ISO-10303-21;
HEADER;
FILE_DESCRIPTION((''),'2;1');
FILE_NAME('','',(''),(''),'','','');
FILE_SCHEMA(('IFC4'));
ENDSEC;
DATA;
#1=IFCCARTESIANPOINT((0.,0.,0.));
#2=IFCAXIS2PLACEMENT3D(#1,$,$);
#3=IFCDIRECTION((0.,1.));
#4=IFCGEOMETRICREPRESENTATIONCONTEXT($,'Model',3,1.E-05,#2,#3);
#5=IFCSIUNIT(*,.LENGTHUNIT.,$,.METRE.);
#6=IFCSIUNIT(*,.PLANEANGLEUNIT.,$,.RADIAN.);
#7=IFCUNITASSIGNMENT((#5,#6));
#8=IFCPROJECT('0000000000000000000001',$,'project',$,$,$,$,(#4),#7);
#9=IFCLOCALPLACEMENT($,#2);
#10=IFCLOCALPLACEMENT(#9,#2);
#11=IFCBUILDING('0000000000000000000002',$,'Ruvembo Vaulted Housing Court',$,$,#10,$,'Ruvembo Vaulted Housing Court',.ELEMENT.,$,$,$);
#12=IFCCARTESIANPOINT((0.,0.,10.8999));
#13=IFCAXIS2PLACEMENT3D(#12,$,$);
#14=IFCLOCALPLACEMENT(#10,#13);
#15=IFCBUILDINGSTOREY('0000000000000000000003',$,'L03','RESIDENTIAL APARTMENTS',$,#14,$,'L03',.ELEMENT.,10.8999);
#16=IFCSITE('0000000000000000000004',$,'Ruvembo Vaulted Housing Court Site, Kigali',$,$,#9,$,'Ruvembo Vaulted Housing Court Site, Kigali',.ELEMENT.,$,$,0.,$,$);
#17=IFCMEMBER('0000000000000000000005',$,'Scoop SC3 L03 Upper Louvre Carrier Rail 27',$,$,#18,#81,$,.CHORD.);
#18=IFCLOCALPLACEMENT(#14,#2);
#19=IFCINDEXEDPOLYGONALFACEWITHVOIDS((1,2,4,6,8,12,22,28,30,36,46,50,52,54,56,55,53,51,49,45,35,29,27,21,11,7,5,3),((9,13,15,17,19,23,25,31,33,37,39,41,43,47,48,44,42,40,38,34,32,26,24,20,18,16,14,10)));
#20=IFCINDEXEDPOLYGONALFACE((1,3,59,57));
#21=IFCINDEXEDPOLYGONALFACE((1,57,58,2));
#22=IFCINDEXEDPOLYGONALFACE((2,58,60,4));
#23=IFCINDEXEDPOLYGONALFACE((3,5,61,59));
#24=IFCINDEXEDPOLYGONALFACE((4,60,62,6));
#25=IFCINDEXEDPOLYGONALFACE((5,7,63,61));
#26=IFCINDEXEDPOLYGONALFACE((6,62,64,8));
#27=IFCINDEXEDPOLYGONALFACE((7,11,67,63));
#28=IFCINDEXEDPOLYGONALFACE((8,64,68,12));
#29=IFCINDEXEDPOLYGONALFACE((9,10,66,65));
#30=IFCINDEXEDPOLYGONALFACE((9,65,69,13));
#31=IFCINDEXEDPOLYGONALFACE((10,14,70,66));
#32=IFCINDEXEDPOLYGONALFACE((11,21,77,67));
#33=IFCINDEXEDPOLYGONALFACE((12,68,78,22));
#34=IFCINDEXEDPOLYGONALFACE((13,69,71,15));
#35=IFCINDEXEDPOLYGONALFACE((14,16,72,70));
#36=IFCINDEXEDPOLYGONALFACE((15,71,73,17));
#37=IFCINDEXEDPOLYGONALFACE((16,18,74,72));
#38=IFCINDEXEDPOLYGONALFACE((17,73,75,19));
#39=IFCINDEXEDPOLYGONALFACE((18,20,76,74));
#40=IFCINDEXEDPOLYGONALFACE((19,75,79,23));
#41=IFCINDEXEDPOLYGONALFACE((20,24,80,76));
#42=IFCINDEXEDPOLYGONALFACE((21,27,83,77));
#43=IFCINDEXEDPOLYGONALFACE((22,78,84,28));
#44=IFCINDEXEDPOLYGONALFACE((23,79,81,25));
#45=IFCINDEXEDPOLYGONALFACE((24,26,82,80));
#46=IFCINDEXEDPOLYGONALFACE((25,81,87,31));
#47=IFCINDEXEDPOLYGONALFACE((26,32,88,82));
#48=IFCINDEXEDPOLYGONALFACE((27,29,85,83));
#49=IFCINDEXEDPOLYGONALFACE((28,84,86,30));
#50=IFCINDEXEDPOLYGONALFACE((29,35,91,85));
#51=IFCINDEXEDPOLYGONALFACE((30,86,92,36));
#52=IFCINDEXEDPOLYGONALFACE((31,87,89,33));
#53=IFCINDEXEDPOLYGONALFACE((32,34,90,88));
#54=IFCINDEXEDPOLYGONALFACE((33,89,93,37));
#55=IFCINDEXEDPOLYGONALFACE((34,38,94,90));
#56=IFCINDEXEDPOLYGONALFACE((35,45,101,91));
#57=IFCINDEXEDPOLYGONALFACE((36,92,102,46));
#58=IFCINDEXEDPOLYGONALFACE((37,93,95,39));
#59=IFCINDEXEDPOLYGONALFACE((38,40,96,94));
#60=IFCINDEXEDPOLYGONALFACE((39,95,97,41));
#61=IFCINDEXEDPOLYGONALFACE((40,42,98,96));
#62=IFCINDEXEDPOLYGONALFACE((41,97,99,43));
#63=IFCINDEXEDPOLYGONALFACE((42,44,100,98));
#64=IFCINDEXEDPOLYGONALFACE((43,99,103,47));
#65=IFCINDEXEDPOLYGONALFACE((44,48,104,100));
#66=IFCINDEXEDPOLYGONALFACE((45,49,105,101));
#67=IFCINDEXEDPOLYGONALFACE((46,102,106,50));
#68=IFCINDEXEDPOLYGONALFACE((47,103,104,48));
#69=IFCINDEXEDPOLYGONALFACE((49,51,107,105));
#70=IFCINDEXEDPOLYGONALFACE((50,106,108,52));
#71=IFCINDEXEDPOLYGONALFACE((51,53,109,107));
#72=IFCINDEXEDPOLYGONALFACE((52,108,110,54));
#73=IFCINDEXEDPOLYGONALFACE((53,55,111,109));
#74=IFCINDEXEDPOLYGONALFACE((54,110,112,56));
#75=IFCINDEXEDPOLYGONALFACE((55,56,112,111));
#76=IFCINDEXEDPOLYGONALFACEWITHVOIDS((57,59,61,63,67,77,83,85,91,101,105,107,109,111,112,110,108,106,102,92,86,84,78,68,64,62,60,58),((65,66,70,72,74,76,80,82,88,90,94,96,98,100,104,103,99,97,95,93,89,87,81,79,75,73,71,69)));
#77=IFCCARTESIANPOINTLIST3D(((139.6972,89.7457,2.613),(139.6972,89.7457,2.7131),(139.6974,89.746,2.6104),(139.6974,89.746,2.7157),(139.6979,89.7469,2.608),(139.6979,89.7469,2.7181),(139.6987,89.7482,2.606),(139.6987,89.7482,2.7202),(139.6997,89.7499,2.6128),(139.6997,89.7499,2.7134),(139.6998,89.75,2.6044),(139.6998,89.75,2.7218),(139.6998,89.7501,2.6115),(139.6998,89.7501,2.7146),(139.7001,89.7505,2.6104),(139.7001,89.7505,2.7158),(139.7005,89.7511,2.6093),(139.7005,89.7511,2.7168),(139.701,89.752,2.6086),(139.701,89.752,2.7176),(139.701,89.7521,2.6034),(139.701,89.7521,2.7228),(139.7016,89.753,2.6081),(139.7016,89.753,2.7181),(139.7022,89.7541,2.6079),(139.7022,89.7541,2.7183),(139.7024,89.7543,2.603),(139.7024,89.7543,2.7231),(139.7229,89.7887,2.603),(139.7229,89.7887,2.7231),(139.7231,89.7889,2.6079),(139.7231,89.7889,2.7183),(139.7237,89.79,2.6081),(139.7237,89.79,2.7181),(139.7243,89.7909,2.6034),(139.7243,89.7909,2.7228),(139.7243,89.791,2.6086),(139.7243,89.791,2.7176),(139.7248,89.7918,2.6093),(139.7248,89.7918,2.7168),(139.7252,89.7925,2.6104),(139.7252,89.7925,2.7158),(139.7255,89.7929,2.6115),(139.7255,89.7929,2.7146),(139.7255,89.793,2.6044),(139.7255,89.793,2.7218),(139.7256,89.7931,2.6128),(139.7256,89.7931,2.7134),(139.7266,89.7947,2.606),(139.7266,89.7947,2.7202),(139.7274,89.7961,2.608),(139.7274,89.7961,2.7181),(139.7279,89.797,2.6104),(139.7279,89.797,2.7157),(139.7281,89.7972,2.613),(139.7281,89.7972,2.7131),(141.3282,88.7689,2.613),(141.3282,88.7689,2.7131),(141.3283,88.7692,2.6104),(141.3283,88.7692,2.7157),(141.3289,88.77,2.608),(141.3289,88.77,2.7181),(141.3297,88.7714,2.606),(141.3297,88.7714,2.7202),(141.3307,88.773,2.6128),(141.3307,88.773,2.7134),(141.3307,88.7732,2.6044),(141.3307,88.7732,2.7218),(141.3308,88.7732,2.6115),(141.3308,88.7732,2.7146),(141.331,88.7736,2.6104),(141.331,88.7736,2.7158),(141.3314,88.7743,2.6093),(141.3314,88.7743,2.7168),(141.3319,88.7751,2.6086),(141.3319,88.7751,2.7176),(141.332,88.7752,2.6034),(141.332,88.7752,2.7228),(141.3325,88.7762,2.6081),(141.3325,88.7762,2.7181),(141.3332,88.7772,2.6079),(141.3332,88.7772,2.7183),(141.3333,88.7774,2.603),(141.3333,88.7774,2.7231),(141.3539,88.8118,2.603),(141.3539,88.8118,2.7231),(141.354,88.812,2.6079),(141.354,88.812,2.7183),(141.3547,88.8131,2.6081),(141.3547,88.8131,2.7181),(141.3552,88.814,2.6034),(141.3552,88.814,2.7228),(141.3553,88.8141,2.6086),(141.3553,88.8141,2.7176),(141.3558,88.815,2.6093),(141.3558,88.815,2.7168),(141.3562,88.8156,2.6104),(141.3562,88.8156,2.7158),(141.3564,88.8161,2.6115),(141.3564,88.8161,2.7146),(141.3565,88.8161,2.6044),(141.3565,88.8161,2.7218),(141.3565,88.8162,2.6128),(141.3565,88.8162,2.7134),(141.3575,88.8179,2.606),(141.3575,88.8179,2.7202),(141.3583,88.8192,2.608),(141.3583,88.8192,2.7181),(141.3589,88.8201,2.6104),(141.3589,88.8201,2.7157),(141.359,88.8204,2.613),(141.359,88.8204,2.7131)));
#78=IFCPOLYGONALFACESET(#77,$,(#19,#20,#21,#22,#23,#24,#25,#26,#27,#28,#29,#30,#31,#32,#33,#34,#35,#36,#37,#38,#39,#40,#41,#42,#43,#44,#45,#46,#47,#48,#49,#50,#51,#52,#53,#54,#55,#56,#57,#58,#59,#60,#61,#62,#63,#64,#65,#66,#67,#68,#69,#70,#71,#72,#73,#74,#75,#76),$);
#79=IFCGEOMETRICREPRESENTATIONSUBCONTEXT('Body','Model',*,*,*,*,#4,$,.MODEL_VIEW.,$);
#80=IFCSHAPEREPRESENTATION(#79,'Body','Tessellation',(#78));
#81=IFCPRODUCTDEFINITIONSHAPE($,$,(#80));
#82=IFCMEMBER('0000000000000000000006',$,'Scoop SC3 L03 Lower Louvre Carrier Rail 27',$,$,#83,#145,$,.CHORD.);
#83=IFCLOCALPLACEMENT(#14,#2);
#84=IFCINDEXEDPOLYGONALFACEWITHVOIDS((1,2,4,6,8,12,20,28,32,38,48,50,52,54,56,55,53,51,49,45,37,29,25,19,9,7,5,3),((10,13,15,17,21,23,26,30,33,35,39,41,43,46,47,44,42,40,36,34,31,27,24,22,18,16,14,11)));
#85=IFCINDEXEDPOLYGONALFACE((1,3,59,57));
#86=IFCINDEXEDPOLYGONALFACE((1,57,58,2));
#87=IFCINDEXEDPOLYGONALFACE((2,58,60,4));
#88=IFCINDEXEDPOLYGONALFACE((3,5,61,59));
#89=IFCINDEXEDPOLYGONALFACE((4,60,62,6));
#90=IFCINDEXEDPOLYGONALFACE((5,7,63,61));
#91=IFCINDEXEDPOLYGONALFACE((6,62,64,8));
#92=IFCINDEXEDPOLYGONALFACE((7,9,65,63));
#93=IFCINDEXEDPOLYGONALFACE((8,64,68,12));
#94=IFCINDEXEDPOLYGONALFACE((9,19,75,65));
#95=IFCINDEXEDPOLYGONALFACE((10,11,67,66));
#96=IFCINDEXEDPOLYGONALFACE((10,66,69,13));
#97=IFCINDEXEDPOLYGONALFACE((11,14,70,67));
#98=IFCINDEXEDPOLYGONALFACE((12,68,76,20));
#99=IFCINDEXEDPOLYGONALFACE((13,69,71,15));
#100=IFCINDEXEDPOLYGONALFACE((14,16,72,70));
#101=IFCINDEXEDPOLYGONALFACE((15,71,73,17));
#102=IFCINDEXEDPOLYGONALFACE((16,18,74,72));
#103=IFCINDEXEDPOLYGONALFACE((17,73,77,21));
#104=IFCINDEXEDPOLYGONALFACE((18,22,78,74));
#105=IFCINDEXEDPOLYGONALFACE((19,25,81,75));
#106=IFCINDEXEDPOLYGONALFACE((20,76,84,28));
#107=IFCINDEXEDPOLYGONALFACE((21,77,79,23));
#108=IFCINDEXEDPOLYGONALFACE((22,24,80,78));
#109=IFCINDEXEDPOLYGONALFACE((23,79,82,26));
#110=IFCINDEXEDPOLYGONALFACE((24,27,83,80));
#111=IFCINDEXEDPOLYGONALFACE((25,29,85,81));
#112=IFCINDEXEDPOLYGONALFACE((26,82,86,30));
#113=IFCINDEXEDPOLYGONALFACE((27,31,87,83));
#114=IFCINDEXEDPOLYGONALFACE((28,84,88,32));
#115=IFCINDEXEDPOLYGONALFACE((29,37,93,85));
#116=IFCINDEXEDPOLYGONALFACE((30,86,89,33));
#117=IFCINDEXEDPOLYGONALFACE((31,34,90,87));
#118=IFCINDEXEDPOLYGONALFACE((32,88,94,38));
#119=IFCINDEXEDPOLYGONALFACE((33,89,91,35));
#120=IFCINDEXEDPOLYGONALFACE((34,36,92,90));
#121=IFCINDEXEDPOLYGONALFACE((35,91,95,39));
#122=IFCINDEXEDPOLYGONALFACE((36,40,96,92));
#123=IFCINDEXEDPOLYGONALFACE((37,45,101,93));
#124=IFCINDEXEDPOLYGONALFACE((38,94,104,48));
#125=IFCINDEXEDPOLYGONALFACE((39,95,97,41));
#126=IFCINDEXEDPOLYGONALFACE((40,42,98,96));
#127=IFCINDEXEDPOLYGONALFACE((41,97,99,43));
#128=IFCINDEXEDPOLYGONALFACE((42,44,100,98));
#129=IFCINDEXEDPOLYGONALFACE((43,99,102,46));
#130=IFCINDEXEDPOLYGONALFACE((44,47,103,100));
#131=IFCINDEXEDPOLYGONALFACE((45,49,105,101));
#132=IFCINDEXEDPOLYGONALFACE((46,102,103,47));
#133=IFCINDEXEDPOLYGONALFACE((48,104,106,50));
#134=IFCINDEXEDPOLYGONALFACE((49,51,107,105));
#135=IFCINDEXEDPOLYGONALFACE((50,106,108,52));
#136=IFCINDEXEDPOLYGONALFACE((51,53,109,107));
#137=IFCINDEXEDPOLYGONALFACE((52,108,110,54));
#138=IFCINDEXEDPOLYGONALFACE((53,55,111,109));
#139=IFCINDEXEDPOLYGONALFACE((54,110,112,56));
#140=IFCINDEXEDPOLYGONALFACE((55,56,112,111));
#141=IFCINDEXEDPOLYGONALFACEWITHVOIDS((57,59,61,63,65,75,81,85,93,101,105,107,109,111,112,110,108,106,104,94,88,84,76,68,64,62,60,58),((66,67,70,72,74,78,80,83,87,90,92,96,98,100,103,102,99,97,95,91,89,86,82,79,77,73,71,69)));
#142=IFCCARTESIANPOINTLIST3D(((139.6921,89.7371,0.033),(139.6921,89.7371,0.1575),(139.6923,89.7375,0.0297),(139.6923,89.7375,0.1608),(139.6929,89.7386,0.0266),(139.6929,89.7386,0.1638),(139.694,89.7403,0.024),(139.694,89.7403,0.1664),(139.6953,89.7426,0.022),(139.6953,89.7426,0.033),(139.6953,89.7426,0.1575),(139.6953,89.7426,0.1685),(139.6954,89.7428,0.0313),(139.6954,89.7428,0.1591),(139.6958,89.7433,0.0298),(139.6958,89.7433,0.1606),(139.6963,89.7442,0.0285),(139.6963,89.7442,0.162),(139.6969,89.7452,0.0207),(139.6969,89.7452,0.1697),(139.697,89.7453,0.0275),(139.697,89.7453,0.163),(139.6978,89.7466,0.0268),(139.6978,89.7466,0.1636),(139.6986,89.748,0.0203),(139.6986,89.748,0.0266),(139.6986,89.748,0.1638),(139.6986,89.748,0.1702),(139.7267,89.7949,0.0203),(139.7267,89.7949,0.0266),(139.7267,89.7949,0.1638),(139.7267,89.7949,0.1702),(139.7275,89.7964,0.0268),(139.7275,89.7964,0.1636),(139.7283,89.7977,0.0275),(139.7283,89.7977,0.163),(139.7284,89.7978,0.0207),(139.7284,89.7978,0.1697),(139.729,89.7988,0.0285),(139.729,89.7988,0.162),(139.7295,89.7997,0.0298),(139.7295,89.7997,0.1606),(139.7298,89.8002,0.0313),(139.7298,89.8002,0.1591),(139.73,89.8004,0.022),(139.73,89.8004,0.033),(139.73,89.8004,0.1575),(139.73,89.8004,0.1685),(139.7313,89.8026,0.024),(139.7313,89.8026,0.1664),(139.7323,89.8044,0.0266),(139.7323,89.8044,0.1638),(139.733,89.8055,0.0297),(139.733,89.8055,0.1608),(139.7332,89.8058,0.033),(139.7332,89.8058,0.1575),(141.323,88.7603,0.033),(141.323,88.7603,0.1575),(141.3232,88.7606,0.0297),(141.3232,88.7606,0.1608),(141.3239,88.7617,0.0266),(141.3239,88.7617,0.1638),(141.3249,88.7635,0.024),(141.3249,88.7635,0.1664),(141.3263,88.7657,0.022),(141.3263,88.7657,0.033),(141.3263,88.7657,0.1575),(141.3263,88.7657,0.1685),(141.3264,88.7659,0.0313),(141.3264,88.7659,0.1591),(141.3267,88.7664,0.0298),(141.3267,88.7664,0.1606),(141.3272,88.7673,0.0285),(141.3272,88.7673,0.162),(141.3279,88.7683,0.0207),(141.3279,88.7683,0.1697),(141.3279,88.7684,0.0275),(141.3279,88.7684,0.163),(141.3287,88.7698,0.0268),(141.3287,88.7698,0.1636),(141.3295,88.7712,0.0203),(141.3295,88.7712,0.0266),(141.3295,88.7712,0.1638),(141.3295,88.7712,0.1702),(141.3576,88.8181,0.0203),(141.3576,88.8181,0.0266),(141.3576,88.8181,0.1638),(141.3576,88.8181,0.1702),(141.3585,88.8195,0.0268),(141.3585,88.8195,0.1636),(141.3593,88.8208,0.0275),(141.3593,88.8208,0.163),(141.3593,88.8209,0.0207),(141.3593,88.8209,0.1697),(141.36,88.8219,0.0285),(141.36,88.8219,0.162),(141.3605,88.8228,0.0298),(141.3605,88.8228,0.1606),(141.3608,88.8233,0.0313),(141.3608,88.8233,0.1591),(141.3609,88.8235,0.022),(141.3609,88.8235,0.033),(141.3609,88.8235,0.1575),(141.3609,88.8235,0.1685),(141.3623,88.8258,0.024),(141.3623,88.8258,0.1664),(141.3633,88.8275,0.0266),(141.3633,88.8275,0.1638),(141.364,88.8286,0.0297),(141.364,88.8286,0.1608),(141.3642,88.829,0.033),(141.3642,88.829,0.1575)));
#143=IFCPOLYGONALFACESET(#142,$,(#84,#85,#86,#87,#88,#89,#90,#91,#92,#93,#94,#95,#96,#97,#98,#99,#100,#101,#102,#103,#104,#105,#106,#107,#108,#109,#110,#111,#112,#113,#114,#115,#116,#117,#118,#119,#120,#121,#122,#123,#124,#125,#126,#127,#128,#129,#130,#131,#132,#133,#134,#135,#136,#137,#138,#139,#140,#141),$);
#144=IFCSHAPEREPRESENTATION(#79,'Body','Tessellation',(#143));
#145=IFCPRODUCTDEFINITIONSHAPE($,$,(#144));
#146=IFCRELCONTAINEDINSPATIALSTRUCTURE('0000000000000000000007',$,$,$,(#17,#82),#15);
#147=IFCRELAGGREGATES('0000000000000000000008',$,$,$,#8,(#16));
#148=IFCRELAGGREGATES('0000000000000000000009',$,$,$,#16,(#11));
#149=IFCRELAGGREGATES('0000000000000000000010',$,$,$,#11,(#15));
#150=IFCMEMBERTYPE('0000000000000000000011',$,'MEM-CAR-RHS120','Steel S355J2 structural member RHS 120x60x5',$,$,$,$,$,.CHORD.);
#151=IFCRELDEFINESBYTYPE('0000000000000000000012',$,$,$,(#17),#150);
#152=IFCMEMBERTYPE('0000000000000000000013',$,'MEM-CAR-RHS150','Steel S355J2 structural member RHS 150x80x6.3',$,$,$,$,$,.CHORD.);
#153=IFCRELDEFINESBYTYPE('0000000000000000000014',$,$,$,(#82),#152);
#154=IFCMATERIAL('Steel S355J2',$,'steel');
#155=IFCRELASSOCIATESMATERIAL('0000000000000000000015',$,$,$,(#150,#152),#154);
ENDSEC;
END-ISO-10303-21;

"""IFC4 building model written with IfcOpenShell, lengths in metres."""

from ifc_helpers import new_model, si_unit, direction, frame, origin, origin_2d, place, context, subcontext, project, spatial, hollow_rectangle, extrude, material, material_profile, profile_set, type_object, element, save


model = new_model("IFC4")

# Units and contexts
model_context = context("Model", 3, precision=1e-05, world=origin(), true_north=direction((0.0, 1.0)))
body_context = subcontext(model_context, "Body", "Model", "MODEL_VIEW")
ifc_project = project(units=[si_unit("LENGTHUNIT", "METRE"), si_unit("PLANEANGLEUNIT", "RADIAN")], contexts=[model_context])

# Site, building, storey
site_placement = place(None, origin())
site = spatial("IfcSite", under=ifc_project, at=site_placement, Name="Ruvembo Vaulted Housing Court Site, Kigali", LongName="Ruvembo Vaulted Housing Court Site, Kigali", CompositionType="ELEMENT", RefElevation=0.0)
building_placement = place(site_placement, origin())
building = spatial("IfcBuilding", under=site, at=building_placement, Name="Ruvembo Vaulted Housing Court", LongName="Ruvembo Vaulted Housing Court", CompositionType="ELEMENT")
storey_placement = place(building_placement, frame((0.0, 0.0, 10.8999)))
storey = spatial("IfcBuildingStorey", under=building, at=storey_placement, Name="L03", Description="RESIDENTIAL APARTMENTS", LongName="L03", CompositionType="ELEMENT", Elevation=10.8999)

# Shared definitions
ifc_material_1 = material(Name="Steel S355J2", Category="steel")

# Members
ifc_material_profile_1 = material_profile(ifc_material_1, hollow_rectangle(XDim=0.0601, YDim=0.1201, WallThickness=0.0049, InnerFilletRadius=0.0049, OuterFilletRadius=0.01, at=origin_2d()), Name="RHS 120x60x5")
ifc_profile_set_1 = profile_set([ifc_material_profile_1], Name="Steel S355J2")
member_type_1 = type_object("IfcMemberType", Name="MEM-CAR-RHS120", Description="Steel S355J2 structural member RHS 120x60x5", PredefinedType="CHORD", material=ifc_profile_set_1)
member_1_placement = place(storey_placement, frame((139.7126, 89.7715, 2.6631), z_axis=(0.857889, -0.513835, 0.0), x_axis=(0.513835, 0.857889, 0.0)))
element("IfcMember", 1, at=member_1_placement, inside=storey, type_object=member_type_1, Name="Scoop SC3 L03 Upper Louvre Carrier Rail 27", PredefinedType="CHORD", context=body_context, shape_type="SweptSolid", body=[
    extrude(hollow_rectangle(XDim=0.0601, YDim=0.1201, WallThickness=0.0049, InnerFilletRadius=0.0049, OuterFilletRadius=0.01, at=origin_2d()), origin(), (0.0, 0.0, 1.0), 1.9011),
])
ifc_material_profile_2 = material_profile(ifc_material_1, hollow_rectangle(XDim=0.0801, YDim=0.1499, WallThickness=0.0063, InnerFilletRadius=0.0063, OuterFilletRadius=0.0127, at=origin_2d()), Name="RHS 150x80x6.3")
ifc_profile_set_2 = profile_set([ifc_material_profile_2], Name="Steel S355J2")
member_type_2 = type_object("IfcMemberType", Name="MEM-CAR-RHS150", Description="Steel S355J2 structural member RHS 150x80x6.3", PredefinedType="CHORD", material=ifc_profile_set_2)
member_2_placement = place(storey_placement, frame((139.7126, 89.7715, 0.0952), z_axis=(0.857889, -0.513835, 0.0), x_axis=(0.513835, 0.857889, 0.0)))
element("IfcMember", 2, at=member_2_placement, inside=storey, type_object=member_type_2, Name="Scoop SC3 L03 Lower Louvre Carrier Rail 27", PredefinedType="CHORD", context=body_context, shape_type="SweptSolid", body=[
    extrude(hollow_rectangle(XDim=0.0801, YDim=0.1499, WallThickness=0.0063, InnerFilletRadius=0.0063, OuterFilletRadius=0.0127, at=origin_2d()), origin(), (0.0, 0.0, 1.0), 1.9011),
])

save(model, "model.ifc")
